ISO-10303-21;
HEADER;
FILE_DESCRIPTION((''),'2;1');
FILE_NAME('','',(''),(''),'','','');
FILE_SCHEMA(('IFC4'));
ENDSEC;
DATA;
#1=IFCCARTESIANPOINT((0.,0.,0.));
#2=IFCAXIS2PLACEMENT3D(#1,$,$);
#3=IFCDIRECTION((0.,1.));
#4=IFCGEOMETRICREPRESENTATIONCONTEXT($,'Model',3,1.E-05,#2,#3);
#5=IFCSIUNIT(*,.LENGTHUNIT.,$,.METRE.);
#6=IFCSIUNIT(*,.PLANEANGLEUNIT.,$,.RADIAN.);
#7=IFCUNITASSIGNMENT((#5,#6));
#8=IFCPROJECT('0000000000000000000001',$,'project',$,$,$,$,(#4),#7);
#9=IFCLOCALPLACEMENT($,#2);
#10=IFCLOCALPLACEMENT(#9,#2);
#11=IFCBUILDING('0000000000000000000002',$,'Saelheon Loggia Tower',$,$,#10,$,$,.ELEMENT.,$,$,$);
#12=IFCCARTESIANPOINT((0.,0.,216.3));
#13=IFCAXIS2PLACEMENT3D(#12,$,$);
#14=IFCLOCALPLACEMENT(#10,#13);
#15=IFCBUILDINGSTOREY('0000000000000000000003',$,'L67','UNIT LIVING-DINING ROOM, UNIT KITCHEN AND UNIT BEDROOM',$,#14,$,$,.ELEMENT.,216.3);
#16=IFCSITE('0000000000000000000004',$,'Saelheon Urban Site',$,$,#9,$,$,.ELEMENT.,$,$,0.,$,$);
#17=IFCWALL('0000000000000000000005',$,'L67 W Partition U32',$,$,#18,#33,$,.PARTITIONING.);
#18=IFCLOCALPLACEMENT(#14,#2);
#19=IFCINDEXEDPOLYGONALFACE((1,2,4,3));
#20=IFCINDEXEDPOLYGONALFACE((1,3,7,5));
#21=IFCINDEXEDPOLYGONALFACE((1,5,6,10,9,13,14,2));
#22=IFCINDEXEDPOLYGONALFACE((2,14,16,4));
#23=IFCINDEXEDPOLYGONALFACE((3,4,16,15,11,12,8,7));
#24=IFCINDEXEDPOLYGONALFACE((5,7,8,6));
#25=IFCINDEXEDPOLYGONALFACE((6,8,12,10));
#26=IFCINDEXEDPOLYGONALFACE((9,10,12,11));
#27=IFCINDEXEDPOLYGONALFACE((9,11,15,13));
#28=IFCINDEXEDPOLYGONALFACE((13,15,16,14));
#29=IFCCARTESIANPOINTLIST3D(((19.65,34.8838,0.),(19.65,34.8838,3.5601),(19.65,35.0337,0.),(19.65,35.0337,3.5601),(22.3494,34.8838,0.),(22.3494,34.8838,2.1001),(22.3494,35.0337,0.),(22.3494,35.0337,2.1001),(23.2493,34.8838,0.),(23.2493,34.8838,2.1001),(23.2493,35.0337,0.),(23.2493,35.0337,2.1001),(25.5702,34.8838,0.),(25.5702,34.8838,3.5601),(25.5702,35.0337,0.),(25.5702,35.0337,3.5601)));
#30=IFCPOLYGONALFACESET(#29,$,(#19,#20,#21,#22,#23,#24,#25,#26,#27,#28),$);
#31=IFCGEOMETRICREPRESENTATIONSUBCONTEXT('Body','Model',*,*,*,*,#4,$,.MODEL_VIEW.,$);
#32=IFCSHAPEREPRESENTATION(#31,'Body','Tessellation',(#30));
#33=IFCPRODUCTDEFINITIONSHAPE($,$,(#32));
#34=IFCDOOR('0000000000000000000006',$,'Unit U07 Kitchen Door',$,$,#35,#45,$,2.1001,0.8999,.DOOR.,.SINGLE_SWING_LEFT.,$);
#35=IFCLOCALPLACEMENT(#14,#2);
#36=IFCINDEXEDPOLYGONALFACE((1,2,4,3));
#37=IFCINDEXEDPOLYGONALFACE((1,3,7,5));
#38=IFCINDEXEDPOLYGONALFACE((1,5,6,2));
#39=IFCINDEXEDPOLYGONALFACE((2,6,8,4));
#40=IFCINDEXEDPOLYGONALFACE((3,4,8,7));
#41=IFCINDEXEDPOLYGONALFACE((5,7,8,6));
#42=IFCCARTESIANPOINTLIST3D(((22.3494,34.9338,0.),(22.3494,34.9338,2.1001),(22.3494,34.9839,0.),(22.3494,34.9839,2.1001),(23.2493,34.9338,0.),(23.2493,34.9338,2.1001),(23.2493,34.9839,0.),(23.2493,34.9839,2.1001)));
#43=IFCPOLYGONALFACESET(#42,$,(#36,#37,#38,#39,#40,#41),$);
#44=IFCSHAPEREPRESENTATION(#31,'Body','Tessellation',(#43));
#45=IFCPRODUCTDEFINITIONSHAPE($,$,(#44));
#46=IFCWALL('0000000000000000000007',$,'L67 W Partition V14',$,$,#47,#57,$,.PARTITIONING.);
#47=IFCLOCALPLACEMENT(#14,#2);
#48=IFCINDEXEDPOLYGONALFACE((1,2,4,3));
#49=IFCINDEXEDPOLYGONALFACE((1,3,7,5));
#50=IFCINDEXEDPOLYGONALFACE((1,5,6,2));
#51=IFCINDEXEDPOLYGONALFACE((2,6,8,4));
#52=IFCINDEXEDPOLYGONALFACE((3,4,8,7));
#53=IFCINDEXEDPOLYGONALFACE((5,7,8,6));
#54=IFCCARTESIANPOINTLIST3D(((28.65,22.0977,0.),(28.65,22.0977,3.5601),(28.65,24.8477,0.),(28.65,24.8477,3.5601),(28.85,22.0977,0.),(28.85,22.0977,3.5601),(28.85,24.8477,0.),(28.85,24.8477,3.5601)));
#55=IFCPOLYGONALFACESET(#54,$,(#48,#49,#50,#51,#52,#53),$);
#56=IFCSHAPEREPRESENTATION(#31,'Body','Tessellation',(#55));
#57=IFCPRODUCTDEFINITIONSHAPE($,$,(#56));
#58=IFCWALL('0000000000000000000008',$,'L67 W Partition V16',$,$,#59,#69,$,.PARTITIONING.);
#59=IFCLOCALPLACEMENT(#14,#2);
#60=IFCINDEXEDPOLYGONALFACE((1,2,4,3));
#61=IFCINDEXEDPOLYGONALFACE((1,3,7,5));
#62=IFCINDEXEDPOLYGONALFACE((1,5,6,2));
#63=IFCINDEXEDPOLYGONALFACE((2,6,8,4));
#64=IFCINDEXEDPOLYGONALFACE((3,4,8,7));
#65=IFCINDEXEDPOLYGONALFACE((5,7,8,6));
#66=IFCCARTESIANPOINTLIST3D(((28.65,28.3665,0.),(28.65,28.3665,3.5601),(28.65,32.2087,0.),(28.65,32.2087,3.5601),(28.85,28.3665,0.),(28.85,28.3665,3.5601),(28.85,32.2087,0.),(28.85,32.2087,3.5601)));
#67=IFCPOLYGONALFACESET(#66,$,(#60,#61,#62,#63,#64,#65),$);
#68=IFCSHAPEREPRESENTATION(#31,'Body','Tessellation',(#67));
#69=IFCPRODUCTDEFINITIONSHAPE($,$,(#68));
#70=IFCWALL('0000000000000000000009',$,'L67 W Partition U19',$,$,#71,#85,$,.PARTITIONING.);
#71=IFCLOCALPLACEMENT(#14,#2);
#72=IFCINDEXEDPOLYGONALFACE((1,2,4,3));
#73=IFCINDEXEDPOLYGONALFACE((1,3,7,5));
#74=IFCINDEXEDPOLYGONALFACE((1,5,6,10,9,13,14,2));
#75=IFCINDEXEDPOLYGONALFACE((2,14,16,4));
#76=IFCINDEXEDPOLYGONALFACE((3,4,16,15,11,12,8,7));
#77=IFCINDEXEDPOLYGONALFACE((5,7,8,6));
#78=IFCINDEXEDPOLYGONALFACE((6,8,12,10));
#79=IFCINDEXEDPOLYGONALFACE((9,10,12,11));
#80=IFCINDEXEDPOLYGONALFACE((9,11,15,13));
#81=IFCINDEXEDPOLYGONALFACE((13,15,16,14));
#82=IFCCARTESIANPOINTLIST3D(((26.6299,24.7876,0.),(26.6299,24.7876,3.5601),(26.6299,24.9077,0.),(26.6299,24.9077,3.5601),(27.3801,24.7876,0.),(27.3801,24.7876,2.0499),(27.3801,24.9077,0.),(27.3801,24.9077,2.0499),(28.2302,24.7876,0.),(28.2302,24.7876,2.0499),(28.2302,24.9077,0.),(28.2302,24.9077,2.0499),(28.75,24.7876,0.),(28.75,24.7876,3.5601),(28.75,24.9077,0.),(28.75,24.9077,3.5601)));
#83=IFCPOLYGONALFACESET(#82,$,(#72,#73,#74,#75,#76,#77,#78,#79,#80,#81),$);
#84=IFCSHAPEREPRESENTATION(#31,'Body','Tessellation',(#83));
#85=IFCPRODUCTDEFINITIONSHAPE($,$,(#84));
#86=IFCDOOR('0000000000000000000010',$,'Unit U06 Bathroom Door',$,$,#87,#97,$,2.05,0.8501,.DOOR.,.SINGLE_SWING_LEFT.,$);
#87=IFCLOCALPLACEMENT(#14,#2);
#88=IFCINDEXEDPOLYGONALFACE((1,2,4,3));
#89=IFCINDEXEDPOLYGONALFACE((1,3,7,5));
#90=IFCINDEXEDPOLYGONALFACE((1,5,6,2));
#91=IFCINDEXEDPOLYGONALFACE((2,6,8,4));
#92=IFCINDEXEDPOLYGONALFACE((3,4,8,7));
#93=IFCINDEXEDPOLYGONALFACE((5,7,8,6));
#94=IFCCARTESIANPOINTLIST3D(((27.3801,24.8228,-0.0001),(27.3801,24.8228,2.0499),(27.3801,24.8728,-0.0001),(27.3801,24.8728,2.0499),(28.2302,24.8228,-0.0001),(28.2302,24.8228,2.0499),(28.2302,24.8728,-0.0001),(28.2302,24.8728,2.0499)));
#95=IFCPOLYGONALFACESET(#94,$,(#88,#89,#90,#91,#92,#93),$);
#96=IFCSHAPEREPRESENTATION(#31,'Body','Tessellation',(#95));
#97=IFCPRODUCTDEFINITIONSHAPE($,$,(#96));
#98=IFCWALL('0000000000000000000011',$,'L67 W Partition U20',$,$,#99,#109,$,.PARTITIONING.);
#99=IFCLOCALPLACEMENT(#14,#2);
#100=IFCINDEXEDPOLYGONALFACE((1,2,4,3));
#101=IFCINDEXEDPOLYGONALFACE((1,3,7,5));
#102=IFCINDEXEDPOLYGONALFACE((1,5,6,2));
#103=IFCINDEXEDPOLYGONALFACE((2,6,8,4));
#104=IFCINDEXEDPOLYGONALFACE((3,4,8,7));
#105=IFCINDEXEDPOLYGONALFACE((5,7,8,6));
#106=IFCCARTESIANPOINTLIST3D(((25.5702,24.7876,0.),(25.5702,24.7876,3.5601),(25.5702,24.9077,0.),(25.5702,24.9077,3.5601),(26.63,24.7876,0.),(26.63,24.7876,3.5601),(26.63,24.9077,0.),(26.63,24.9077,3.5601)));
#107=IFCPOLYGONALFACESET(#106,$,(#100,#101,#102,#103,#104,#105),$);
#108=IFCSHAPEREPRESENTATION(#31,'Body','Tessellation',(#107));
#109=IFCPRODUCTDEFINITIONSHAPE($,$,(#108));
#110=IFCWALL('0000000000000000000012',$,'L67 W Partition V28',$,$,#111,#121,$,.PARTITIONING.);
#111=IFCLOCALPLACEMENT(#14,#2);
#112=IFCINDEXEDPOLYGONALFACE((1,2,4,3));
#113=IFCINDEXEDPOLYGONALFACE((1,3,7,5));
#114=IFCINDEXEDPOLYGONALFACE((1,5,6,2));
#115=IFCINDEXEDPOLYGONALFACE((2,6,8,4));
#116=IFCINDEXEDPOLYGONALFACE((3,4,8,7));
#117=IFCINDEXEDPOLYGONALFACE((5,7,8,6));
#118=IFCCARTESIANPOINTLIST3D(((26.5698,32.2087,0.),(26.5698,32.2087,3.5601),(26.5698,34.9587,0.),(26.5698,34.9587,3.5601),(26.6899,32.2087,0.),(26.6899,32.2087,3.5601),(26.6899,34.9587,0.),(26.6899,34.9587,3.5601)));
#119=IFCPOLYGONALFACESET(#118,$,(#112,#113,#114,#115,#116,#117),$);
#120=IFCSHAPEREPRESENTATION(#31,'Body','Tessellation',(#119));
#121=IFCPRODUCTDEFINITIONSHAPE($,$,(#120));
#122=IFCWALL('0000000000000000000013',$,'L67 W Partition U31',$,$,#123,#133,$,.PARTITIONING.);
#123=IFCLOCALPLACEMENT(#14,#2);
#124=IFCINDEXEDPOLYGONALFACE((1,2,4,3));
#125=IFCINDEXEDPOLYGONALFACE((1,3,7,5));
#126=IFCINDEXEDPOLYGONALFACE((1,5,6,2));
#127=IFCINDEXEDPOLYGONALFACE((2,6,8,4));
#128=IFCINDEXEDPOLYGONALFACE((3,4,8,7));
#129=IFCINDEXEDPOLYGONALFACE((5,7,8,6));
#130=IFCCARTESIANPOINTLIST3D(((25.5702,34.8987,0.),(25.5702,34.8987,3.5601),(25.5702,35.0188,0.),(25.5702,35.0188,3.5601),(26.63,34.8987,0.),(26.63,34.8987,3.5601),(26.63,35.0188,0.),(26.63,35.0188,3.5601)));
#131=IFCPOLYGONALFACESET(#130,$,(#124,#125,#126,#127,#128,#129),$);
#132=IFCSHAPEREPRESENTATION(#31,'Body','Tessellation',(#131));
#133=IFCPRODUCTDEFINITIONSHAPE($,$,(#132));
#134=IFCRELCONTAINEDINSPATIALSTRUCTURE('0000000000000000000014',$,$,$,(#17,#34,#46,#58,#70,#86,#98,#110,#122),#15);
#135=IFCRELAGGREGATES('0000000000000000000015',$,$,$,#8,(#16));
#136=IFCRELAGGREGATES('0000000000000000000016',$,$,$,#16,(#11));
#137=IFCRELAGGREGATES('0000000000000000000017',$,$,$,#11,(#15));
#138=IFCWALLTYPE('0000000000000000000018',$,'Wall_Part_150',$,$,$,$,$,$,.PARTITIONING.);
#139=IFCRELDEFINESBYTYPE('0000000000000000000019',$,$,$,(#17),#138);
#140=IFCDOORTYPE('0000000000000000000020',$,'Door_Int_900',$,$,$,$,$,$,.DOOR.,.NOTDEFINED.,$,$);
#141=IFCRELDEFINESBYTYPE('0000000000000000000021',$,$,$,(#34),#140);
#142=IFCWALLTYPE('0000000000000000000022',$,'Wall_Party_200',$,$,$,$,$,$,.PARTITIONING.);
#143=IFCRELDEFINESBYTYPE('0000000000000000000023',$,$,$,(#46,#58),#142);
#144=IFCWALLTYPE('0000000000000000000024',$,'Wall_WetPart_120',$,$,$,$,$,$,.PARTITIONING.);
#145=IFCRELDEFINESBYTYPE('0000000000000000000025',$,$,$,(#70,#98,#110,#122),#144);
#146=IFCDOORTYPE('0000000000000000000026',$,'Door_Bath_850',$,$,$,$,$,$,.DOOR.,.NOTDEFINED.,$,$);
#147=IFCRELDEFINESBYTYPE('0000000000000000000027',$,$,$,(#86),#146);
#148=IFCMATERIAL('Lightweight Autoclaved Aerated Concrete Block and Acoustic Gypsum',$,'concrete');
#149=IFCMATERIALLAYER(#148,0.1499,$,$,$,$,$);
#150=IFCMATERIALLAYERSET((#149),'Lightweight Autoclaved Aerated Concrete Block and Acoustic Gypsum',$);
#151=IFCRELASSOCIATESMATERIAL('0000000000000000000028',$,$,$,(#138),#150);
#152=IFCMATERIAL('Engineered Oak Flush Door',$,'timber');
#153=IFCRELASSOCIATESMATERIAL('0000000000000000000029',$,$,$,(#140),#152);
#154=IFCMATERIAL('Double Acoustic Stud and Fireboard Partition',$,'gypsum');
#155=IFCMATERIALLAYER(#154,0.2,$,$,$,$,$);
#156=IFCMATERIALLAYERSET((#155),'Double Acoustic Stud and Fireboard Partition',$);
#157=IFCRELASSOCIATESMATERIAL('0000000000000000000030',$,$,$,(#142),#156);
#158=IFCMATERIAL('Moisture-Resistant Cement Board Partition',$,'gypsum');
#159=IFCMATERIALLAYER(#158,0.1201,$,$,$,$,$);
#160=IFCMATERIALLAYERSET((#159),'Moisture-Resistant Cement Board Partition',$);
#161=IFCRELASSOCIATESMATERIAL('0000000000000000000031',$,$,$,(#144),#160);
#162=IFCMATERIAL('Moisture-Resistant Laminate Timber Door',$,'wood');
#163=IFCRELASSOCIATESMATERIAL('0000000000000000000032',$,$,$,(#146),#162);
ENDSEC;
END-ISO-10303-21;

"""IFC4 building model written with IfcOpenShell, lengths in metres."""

from ifc_helpers import new_model, si_unit, direction, frame, frame_2d, origin, place, context, subcontext, project, spatial, rectangle, extrude, source, transform, mapped, material, layer, layer_set, type_object, element, fill, save


model = new_model("IFC4")

# Units and contexts
model_context = context("Model", 3, precision=1e-05, world=origin(), true_north=direction((0.0, 1.0)))
body_context = subcontext(model_context, "Body", "Model", "MODEL_VIEW")
ifc_project = project(units=[si_unit("LENGTHUNIT", "METRE"), si_unit("PLANEANGLEUNIT", "RADIAN")], contexts=[model_context])

# Site, building, storey
site_placement = place(None, origin())
site = spatial("IfcSite", under=ifc_project, at=site_placement, Name="Saelheon Urban Site", CompositionType="ELEMENT", RefElevation=0.0)
building_placement = place(site_placement, origin())
building = spatial("IfcBuilding", under=site, at=building_placement, Name="Saelheon Loggia Tower", CompositionType="ELEMENT")
storey_placement = place(building_placement, frame((0.0, 0.0, 216.3)))
storey = spatial("IfcBuildingStorey", under=building, at=storey_placement, Name="L67", Description="UNIT LIVING-DINING ROOM, UNIT KITCHEN AND UNIT BEDROOM", CompositionType="ELEMENT", Elevation=216.3)

# Shared definitions
ifc_material_1 = material(Name="Lightweight Autoclaved Aerated Concrete Block and Acoustic Gypsum", Category="concrete")
ifc_layer_1 = layer(ifc_material_1, 0.1499)
ifc_layer_set_1 = layer_set([ifc_layer_1], Name="Lightweight Autoclaved Aerated Concrete Block and Acoustic Gypsum")
wall_type_1 = type_object("IfcWallType", Name="Wall_Part_150", PredefinedType="PARTITIONING", material=ifc_layer_set_1)

# Wall, opening, door
ifc_material_2 = material(Name="Engineered Oak Flush Door", Category="timber")
door_type_1 = type_object("IfcDoorType", Name="Door_Int_900", OperationType="NOTDEFINED", PredefinedType="DOOR", material=ifc_material_2)
shared_shape_1 = source(origin(), body_context, "Body", "SweptSolid", [
    extrude(rectangle(XDim=0.8999, YDim=2.1001, at=frame_2d((0.45, 1.05))), frame((0.0, 0.0249, 0.0), z_axis=(0.0, -1.0, 0.0), x_axis=(1.0, 0.0, 0.0)), (0.0, 0.0, 1.0), 0.05),
])
wall_1_placement = place(storey_placement, frame((25.5701, 34.9587, 0.0), z_axis=(0.0, 0.0, 1.0), x_axis=(-1.0, 0.0, 0.0)))
wall_1 = element("IfcWall", 1, at=wall_1_placement, inside=storey, type_object=wall_type_1, Name="L67 W Partition U32", PredefinedType="PARTITIONING", context=body_context, shape_type="SweptSolid", body=[
    extrude(rectangle(XDim=5.9202, YDim=0.1499, at=frame_2d((2.96, 0.0))), origin(), (0.0, 0.0, 1.0), 3.5601),
])
opening_1_placement = place(wall_1_placement, frame((2.3208, 0.0, 0.0)))
opening_1 = element("IfcOpeningElement", 2, at=opening_1_placement, cuts=wall_1, PredefinedType="OPENING", context=body_context, shape_type="SweptSolid", body=[
    extrude(rectangle(XDim=0.8999, YDim=2.1001, at=frame_2d((0.45, 1.05))), frame((0.0, 0.0869, 0.0), z_axis=(0.0, -1.0, 0.0), x_axis=(1.0, 0.0, 0.0)), (0.0, 0.0, 1.0), 0.1738),
])
door_1_placement = place(opening_1_placement, origin())
door_1 = element("IfcDoor", 3, at=door_1_placement, inside=storey, type_object=door_type_1, Name="Unit U07 Kitchen Door", OperationType="SINGLE_SWING_LEFT", OverallHeight=2.1001, OverallWidth=0.8999, PredefinedType="DOOR", context=body_context, shape_type="MappedRepresentation", body=[
    mapped(shared_shape_1, transform((0.0, 0.0, 0.0), scale=1.0)),
])
fill(opening_1, door_1)

# Wall
ifc_material_3 = material(Name="Double Acoustic Stud and Fireboard Partition", Category="gypsum")
ifc_layer_2 = layer(ifc_material_3, 0.2)
ifc_layer_set_2 = layer_set([ifc_layer_2], Name="Double Acoustic Stud and Fireboard Partition")
wall_type_2 = type_object("IfcWallType", Name="Wall_Party_200", PredefinedType="PARTITIONING", material=ifc_layer_set_2)
wall_2_placement = place(storey_placement, frame((28.75, 22.0977, 0.0), z_axis=(0.0, 0.0, 1.0), x_axis=(0.0, 1.0, 0.0)))
element("IfcWall", 4, at=wall_2_placement, inside=storey, type_object=wall_type_2, Name="L67 W Partition V14", PredefinedType="PARTITIONING", context=body_context, shape_type="SweptSolid", body=[
    extrude(rectangle(XDim=2.75, YDim=0.2, at=frame_2d((1.375, 0.0))), origin(), (0.0, 0.0, 1.0), 3.5601),
])

# Wall
wall_3_placement = place(storey_placement, frame((28.75, 28.3665, 0.0), z_axis=(0.0, 0.0, 1.0), x_axis=(0.0, 1.0, 0.0)))
element("IfcWall", 5, at=wall_3_placement, inside=storey, type_object=wall_type_2, Name="L67 W Partition V16", PredefinedType="PARTITIONING", context=body_context, shape_type="SweptSolid", body=[
    extrude(rectangle(XDim=3.8423, YDim=0.2, at=frame_2d((1.9211, 0.0))), origin(), (0.0, 0.0, 1.0), 3.5601),
])

# Wall, opening, door
ifc_material_4 = material(Name="Moisture-Resistant Cement Board Partition", Category="gypsum")
ifc_layer_3 = layer(ifc_material_4, 0.1201)
ifc_layer_set_3 = layer_set([ifc_layer_3], Name="Moisture-Resistant Cement Board Partition")
wall_type_3 = type_object("IfcWallType", Name="Wall_WetPart_120", PredefinedType="PARTITIONING", material=ifc_layer_set_3)
wall_4_placement = place(storey_placement, frame((28.75, 24.8477, 0.0), z_axis=(0.0, 0.0, 1.0), x_axis=(-1.0, 0.0, 0.0)))
wall_4 = element("IfcWall", 6, at=wall_4_placement, inside=storey, type_object=wall_type_3, Name="L67 W Partition U19", PredefinedType="PARTITIONING", context=body_context, shape_type="SweptSolid", body=[
    extrude(rectangle(XDim=2.1201, YDim=0.1201, at=frame_2d((1.0601, 0.0))), origin(), (0.0, 0.0, 1.0), 3.5601),
])
opening_2_placement = place(wall_4_placement, frame((0.5198, 0.0, 0.0)))
opening_2 = element("IfcOpeningElement", 7, at=opening_2_placement, cuts=wall_4, PredefinedType="OPENING", context=body_context, shape_type="SweptSolid", body=[
    extrude(rectangle(XDim=0.8501, YDim=2.05, at=frame_2d((0.425, 1.0249))), frame((0.0, 0.072, 0.0), z_axis=(0.0, -1.0, 0.0), x_axis=(1.0, 0.0, 0.0)), (0.0, 0.0, 1.0), 0.144),
])
ifc_material_5 = material(Name="Moisture-Resistant Laminate Timber Door", Category="wood")
door_type_2 = type_object("IfcDoorType", Name="Door_Bath_850", OperationType="NOTDEFINED", PredefinedType="DOOR", material=ifc_material_5)
shared_shape_2 = source(origin(), body_context, "Body", "SweptSolid", [
    extrude(rectangle(XDim=0.8501, YDim=2.05, at=frame_2d((0.425, 1.0249))), frame((0.0, 0.0249, 0.0), z_axis=(0.0, -1.0, 0.0), x_axis=(1.0, 0.0, 0.0)), (0.0, 0.0, 1.0), 0.05),
])
door_2_placement = place(opening_2_placement, origin())
door_2 = element("IfcDoor", 8, at=door_2_placement, inside=storey, type_object=door_type_2, Name="Unit U06 Bathroom Door", OperationType="SINGLE_SWING_LEFT", OverallHeight=2.05, OverallWidth=0.8501, PredefinedType="DOOR", context=body_context, shape_type="MappedRepresentation", body=[
    mapped(shared_shape_2, transform((0.0, 0.0, 0.0), scale=1.0)),
])
fill(opening_2, door_2)

# Walls
wall_5_placement = place(storey_placement, frame((26.6299, 24.8477, 0.0), z_axis=(0.0, 0.0, 1.0), x_axis=(-1.0, 0.0, 0.0)))
element("IfcWall", 9, at=wall_5_placement, inside=storey, type_object=wall_type_3, Name="L67 W Partition U20", PredefinedType="PARTITIONING", context=body_context, shape_type="SweptSolid", body=[
    extrude(rectangle(XDim=1.0598, YDim=0.1201, at=frame_2d((0.5298, 0.0))), origin(), (0.0, 0.0, 1.0), 3.5601),
])
wall_6_placement = place(storey_placement, frame((26.6299, 32.2087, 0.0), z_axis=(0.0, 0.0, 1.0), x_axis=(0.0, 1.0, 0.0)))
element("IfcWall", 10, at=wall_6_placement, inside=storey, type_object=wall_type_3, Name="L67 W Partition V28", PredefinedType="PARTITIONING", context=body_context, shape_type="SweptSolid", body=[
    extrude(rectangle(XDim=2.75, YDim=0.1201, at=frame_2d((1.375, 0.0))), origin(), (0.0, 0.0, 1.0), 3.5601),
])
wall_7_placement = place(storey_placement, frame((26.6299, 34.9587, 0.0), z_axis=(0.0, 0.0, 1.0), x_axis=(-1.0, 0.0, 0.0)))
element("IfcWall", 11, at=wall_7_placement, inside=storey, type_object=wall_type_3, Name="L67 W Partition U31", PredefinedType="PARTITIONING", context=body_context, shape_type="SweptSolid", body=[
    extrude(rectangle(XDim=1.0598, YDim=0.1201, at=frame_2d((0.5298, 0.0))), origin(), (0.0, 0.0, 1.0), 3.5601),
])

save(model, "model.ifc")
